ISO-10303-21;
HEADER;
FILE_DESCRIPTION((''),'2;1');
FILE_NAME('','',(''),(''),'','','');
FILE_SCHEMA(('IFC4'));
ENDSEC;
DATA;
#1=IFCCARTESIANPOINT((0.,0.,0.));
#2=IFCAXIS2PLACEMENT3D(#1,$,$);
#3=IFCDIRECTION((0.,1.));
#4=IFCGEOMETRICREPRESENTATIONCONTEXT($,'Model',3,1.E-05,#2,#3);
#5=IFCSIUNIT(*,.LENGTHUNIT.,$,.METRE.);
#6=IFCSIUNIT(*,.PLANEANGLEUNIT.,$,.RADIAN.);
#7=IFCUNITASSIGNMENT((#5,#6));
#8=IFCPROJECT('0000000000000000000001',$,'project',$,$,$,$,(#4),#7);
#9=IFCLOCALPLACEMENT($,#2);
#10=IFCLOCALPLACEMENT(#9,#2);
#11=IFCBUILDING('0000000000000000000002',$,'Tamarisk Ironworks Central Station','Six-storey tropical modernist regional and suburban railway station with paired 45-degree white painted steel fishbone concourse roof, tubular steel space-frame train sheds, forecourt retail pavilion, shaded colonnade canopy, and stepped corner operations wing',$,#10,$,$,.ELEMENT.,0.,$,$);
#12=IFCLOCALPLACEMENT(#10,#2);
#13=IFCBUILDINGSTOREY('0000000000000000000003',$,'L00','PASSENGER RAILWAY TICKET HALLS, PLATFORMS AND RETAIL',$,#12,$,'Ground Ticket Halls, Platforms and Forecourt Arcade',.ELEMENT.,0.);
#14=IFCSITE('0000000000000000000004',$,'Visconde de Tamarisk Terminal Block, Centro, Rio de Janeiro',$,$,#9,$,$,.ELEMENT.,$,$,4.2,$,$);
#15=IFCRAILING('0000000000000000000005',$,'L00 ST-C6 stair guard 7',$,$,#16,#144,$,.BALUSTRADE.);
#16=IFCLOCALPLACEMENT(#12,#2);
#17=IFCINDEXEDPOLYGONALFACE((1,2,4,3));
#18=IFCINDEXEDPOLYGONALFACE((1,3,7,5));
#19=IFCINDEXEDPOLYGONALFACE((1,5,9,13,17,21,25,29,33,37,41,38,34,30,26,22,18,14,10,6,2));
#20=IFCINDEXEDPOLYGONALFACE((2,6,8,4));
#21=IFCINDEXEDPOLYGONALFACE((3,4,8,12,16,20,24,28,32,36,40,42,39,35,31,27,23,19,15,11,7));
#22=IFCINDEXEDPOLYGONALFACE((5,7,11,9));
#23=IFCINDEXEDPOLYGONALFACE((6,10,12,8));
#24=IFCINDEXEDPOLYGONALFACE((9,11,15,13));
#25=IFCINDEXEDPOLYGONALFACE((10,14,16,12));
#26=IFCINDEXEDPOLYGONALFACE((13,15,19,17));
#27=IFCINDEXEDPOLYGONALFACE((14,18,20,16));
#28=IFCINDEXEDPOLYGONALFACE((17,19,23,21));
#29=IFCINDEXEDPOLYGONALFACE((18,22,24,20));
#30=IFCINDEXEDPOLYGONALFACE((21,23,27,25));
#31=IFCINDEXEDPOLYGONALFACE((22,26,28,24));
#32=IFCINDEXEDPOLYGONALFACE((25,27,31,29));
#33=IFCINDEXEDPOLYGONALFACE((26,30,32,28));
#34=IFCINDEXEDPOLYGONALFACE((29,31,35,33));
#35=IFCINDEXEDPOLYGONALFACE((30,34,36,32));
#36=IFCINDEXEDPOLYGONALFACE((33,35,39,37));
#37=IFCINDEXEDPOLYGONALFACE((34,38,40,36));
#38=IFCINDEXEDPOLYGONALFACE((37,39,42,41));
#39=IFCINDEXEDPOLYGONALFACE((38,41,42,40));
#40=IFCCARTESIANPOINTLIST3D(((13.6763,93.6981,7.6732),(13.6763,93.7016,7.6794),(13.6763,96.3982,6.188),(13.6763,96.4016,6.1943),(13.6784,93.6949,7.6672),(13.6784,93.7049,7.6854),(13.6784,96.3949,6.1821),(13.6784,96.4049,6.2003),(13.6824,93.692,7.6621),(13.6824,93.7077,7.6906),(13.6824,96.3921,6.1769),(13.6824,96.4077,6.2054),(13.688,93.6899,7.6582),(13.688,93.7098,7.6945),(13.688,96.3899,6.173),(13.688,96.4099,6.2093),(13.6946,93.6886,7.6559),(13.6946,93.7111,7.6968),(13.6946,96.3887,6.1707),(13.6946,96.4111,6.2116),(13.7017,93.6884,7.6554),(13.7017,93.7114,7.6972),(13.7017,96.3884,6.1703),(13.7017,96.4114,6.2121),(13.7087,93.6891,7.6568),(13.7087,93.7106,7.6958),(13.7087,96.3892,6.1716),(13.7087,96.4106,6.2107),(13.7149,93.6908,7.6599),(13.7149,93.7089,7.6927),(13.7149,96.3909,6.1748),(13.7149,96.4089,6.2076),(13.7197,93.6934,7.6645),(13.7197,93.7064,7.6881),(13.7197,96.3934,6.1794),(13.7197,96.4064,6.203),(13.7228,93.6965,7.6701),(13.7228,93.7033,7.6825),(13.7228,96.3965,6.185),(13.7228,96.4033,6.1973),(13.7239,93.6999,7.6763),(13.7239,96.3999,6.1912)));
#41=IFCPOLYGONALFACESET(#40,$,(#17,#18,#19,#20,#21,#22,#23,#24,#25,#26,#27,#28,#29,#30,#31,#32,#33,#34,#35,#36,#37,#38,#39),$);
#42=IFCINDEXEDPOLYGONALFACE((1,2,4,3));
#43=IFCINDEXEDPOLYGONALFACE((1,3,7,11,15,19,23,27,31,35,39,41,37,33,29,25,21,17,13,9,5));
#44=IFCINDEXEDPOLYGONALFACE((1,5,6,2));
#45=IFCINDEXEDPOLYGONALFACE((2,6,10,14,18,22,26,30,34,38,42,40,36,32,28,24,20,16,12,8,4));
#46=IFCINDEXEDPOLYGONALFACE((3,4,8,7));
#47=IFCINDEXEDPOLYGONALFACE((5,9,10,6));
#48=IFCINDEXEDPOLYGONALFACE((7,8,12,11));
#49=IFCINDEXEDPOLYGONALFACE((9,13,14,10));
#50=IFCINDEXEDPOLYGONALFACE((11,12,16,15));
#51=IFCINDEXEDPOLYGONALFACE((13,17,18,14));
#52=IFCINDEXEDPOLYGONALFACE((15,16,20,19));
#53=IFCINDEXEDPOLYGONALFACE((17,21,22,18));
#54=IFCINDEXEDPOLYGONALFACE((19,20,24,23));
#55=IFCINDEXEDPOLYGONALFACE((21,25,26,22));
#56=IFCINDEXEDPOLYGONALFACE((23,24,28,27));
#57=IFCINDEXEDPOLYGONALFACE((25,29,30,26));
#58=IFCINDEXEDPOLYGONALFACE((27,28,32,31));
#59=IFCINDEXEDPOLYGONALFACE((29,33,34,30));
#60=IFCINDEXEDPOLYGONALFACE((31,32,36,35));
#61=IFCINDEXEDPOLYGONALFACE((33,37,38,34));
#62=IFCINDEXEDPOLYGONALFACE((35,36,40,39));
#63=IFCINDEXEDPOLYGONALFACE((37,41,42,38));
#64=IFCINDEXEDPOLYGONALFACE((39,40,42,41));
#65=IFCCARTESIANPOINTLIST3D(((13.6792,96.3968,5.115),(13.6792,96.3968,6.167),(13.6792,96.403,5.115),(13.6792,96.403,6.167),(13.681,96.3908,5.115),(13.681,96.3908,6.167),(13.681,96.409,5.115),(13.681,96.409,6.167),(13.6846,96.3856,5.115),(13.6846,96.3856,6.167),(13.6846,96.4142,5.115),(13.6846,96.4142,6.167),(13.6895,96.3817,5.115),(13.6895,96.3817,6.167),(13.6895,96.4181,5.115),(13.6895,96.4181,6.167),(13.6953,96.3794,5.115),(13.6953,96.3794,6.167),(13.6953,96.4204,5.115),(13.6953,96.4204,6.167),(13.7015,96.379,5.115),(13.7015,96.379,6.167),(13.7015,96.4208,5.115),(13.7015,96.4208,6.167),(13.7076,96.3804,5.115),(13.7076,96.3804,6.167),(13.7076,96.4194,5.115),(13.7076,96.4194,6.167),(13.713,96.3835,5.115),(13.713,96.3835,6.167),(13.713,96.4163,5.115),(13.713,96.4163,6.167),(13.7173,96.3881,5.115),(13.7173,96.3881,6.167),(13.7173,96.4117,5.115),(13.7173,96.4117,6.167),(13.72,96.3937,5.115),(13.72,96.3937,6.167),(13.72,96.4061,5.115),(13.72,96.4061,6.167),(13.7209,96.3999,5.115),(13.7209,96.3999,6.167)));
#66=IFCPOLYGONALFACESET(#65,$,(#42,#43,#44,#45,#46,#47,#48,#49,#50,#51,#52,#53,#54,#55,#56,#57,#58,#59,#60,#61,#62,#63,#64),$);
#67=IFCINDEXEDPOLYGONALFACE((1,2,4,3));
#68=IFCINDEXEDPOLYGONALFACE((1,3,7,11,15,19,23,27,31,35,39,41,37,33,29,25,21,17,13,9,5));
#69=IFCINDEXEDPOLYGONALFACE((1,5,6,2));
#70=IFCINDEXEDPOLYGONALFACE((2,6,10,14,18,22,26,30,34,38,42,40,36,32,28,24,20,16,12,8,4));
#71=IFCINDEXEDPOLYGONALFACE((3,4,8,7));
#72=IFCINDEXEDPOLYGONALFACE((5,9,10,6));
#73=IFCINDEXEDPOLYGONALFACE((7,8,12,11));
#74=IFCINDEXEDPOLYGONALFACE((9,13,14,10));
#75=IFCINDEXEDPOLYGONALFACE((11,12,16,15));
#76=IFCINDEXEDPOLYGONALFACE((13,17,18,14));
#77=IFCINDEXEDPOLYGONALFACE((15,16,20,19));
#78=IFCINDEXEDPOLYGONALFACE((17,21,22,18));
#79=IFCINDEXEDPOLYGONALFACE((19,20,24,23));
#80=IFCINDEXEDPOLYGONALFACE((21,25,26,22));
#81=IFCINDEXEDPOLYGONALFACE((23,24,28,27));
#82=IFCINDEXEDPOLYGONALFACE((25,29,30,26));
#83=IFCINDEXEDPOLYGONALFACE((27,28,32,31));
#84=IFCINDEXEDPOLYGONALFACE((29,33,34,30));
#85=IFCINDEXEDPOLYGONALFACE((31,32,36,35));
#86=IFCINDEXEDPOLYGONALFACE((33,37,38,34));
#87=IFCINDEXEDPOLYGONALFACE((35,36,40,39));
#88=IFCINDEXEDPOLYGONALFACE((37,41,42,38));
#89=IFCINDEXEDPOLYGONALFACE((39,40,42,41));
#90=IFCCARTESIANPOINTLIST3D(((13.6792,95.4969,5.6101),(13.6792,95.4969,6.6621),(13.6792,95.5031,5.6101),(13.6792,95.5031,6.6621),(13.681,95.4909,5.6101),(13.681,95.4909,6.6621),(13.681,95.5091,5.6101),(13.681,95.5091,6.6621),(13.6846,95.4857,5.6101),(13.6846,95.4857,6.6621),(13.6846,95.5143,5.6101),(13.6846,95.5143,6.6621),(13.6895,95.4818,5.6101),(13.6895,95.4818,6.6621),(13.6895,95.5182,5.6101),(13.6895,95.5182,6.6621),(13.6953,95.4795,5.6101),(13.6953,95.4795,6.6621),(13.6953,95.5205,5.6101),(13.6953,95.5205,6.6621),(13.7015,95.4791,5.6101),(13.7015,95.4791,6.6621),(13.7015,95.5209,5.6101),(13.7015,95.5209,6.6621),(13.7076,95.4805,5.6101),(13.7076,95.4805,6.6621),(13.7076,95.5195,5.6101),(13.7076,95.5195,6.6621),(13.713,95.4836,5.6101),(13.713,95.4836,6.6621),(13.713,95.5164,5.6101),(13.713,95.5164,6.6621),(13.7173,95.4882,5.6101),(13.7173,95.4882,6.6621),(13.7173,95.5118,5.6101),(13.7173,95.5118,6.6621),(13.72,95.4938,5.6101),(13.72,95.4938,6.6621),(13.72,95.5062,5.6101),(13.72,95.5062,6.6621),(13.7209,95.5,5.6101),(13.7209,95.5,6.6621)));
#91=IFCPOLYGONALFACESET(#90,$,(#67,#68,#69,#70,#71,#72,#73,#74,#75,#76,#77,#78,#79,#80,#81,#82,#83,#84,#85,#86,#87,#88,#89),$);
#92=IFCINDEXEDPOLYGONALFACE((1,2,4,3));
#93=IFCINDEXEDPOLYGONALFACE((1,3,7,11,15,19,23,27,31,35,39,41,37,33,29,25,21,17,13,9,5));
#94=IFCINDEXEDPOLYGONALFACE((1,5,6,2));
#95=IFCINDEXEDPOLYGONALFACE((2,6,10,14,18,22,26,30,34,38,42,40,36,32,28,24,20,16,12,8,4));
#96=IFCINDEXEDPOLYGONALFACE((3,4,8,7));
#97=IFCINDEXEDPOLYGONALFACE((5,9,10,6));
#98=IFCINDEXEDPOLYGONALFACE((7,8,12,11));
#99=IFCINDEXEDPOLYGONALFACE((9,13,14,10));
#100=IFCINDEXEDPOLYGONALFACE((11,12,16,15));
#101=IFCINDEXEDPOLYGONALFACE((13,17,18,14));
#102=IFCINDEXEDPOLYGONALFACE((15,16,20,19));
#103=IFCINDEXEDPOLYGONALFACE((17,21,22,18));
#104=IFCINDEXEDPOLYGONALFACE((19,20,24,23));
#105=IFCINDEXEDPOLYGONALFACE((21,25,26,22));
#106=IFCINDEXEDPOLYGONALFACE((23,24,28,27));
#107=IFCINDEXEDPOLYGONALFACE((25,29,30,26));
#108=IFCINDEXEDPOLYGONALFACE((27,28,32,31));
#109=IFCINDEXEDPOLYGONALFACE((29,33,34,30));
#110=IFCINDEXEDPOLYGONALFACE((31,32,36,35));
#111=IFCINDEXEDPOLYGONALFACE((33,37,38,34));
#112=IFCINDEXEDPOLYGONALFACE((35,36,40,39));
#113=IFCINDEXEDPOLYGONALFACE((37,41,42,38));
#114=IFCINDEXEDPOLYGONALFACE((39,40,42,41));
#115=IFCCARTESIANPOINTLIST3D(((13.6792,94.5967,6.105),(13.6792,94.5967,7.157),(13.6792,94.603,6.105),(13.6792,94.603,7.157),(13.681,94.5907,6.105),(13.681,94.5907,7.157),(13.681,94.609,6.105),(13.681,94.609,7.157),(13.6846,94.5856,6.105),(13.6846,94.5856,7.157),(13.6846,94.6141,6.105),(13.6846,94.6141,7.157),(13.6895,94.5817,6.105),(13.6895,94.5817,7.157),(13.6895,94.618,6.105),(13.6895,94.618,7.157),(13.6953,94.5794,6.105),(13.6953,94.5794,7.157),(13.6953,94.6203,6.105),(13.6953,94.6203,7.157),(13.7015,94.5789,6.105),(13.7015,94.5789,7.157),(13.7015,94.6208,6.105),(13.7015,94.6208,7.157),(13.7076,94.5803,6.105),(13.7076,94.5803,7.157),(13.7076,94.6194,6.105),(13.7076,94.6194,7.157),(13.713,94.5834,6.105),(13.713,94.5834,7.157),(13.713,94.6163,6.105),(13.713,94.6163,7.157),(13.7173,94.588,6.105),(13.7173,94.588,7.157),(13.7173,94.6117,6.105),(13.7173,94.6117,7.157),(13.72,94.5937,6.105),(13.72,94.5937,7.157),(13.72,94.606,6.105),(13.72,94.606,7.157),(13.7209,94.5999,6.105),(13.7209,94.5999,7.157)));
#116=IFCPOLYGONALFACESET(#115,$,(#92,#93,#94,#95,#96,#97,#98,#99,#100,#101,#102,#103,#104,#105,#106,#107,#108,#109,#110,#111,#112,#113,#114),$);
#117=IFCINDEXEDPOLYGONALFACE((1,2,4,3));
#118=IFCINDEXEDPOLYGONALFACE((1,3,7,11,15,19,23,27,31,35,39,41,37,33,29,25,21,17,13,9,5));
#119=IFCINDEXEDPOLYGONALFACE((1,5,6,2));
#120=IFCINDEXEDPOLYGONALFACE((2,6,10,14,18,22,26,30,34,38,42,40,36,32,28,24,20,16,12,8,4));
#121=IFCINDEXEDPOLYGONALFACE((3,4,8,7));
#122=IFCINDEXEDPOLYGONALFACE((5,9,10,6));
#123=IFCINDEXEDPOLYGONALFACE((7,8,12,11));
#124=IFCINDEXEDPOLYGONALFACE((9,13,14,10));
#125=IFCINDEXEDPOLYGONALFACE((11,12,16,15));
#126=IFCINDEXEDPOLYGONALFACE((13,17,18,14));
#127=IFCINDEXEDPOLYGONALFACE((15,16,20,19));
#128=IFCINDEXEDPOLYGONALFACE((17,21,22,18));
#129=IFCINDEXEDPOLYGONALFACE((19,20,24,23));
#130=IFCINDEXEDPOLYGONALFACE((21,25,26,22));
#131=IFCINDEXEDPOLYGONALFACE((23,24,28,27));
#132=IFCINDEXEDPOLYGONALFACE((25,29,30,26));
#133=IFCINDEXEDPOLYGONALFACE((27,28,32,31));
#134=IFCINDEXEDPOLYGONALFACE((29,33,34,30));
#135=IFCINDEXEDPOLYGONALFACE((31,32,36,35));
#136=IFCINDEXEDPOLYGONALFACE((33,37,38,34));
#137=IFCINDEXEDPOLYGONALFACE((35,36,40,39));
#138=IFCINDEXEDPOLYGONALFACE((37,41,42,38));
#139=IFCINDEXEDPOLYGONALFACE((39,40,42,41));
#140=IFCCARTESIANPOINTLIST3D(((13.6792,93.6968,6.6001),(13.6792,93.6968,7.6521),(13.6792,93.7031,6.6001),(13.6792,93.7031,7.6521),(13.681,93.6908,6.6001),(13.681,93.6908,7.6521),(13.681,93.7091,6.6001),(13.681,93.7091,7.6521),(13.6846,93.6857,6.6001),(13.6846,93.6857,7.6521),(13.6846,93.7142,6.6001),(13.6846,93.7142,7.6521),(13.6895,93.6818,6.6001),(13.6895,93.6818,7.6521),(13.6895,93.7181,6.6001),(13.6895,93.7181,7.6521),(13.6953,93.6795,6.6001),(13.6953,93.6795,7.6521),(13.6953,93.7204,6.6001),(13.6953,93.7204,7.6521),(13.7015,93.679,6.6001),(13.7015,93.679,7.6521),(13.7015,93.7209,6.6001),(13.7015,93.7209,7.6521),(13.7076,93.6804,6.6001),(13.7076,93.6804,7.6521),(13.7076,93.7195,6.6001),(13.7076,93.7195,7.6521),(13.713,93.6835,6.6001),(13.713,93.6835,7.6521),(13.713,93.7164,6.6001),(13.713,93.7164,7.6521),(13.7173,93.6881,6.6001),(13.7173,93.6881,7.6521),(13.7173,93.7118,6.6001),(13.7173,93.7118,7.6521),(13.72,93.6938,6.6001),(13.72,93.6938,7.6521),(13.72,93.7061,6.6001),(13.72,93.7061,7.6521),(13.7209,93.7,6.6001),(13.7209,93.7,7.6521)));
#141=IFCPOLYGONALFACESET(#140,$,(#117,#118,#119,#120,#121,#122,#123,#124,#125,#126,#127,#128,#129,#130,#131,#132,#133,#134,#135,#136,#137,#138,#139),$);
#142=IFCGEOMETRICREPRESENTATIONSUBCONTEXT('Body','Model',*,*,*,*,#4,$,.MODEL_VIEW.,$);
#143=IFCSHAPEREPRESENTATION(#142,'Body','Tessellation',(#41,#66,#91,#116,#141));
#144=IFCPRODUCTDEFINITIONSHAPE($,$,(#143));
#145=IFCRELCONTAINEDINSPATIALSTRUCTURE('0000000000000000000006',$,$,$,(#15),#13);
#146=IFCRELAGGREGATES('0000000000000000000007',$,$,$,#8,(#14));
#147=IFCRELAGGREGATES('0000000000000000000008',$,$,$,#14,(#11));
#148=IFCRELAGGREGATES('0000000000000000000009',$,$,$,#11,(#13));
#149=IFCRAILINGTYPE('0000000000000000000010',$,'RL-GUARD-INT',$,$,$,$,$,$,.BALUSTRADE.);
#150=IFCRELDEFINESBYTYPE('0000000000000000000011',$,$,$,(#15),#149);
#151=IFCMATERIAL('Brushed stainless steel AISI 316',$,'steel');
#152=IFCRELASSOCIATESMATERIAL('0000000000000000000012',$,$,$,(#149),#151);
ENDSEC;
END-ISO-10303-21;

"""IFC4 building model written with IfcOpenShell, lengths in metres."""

from ifc_helpers import new_model, si_unit, direction, frame, origin, origin_2d, place, context, subcontext, project, spatial, circle, extrude, material, type_object, element, save


model = new_model("IFC4")

# Units and contexts
model_context = context("Model", 3, precision=1e-05, world=origin(), true_north=direction((0.0, 1.0)))
body_context = subcontext(model_context, "Body", "Model", "MODEL_VIEW")
ifc_project = project(units=[si_unit("LENGTHUNIT", "METRE"), si_unit("PLANEANGLEUNIT", "RADIAN")], contexts=[model_context])

# Site, building, storey
site_placement = place(None, origin())
site = spatial("IfcSite", under=ifc_project, at=site_placement, Name="Visconde de Tamarisk Terminal Block, Centro, Rio de Janeiro", CompositionType="ELEMENT", RefElevation=4.2)
building_placement = place(site_placement, origin())
building = spatial("IfcBuilding", under=site, at=building_placement, Name="Tamarisk Ironworks Central Station", Description="Six-storey tropical modernist regional and suburban railway station with paired 45-degree white painted steel fishbone concourse roof, tubular steel space-frame train sheds, forecourt retail pavilion, shaded colonnade canopy, and stepped corner operations wing", CompositionType="ELEMENT", ElevationOfRefHeight=0.0)
storey_placement = place(building_placement, origin())
storey = spatial("IfcBuildingStorey", under=building, at=storey_placement, Name="L00", Description="PASSENGER RAILWAY TICKET HALLS, PLATFORMS AND RETAIL", LongName="Ground Ticket Halls, Platforms and Forecourt Arcade", CompositionType="ELEMENT", Elevation=0.0)

# Railing
ifc_material_1 = material(Name="Brushed stainless steel AISI 316", Category="steel")
railing_type_1 = type_object("IfcRailingType", Name="RL-GUARD-INT", PredefinedType="BALUSTRADE", material=ifc_material_1)
railing_1_placement = place(storey_placement, frame((13.7, 96.3999, 5.115)))
element("IfcRailing", 1, at=railing_1_placement, inside=storey, type_object=railing_type_1, Name="L00 ST-C6 stair guard 7", PredefinedType="BALUSTRADE", context=body_context, shape_type="SweptSolid", body=[
    extrude(circle(Radius=0.0239, at=origin_2d()), frame((0.0, 0.0, 1.0762), z_axis=(0.0, -0.876198, 0.481952), x_axis=(1.0, 0.0, 0.0)), (0.0, 0.0, 1.0), 3.0815),
    extrude(circle(Radius=0.021, at=origin_2d()), origin(), (0.0, 0.0, 1.0), 1.052),
    extrude(circle(Radius=0.021, at=origin_2d()), frame((0.0, -0.8999, 0.4951)), (0.0, 0.0, 1.0), 1.052),
    extrude(circle(Radius=0.021, at=origin_2d()), frame((0.0, -1.8, 0.99)), (0.0, 0.0, 1.0), 1.052),
    extrude(circle(Radius=0.021, at=origin_2d()), frame((0.0, -2.7, 1.4851)), (0.0, 0.0, 1.0), 1.052),
])

save(model, "model.ifc")
